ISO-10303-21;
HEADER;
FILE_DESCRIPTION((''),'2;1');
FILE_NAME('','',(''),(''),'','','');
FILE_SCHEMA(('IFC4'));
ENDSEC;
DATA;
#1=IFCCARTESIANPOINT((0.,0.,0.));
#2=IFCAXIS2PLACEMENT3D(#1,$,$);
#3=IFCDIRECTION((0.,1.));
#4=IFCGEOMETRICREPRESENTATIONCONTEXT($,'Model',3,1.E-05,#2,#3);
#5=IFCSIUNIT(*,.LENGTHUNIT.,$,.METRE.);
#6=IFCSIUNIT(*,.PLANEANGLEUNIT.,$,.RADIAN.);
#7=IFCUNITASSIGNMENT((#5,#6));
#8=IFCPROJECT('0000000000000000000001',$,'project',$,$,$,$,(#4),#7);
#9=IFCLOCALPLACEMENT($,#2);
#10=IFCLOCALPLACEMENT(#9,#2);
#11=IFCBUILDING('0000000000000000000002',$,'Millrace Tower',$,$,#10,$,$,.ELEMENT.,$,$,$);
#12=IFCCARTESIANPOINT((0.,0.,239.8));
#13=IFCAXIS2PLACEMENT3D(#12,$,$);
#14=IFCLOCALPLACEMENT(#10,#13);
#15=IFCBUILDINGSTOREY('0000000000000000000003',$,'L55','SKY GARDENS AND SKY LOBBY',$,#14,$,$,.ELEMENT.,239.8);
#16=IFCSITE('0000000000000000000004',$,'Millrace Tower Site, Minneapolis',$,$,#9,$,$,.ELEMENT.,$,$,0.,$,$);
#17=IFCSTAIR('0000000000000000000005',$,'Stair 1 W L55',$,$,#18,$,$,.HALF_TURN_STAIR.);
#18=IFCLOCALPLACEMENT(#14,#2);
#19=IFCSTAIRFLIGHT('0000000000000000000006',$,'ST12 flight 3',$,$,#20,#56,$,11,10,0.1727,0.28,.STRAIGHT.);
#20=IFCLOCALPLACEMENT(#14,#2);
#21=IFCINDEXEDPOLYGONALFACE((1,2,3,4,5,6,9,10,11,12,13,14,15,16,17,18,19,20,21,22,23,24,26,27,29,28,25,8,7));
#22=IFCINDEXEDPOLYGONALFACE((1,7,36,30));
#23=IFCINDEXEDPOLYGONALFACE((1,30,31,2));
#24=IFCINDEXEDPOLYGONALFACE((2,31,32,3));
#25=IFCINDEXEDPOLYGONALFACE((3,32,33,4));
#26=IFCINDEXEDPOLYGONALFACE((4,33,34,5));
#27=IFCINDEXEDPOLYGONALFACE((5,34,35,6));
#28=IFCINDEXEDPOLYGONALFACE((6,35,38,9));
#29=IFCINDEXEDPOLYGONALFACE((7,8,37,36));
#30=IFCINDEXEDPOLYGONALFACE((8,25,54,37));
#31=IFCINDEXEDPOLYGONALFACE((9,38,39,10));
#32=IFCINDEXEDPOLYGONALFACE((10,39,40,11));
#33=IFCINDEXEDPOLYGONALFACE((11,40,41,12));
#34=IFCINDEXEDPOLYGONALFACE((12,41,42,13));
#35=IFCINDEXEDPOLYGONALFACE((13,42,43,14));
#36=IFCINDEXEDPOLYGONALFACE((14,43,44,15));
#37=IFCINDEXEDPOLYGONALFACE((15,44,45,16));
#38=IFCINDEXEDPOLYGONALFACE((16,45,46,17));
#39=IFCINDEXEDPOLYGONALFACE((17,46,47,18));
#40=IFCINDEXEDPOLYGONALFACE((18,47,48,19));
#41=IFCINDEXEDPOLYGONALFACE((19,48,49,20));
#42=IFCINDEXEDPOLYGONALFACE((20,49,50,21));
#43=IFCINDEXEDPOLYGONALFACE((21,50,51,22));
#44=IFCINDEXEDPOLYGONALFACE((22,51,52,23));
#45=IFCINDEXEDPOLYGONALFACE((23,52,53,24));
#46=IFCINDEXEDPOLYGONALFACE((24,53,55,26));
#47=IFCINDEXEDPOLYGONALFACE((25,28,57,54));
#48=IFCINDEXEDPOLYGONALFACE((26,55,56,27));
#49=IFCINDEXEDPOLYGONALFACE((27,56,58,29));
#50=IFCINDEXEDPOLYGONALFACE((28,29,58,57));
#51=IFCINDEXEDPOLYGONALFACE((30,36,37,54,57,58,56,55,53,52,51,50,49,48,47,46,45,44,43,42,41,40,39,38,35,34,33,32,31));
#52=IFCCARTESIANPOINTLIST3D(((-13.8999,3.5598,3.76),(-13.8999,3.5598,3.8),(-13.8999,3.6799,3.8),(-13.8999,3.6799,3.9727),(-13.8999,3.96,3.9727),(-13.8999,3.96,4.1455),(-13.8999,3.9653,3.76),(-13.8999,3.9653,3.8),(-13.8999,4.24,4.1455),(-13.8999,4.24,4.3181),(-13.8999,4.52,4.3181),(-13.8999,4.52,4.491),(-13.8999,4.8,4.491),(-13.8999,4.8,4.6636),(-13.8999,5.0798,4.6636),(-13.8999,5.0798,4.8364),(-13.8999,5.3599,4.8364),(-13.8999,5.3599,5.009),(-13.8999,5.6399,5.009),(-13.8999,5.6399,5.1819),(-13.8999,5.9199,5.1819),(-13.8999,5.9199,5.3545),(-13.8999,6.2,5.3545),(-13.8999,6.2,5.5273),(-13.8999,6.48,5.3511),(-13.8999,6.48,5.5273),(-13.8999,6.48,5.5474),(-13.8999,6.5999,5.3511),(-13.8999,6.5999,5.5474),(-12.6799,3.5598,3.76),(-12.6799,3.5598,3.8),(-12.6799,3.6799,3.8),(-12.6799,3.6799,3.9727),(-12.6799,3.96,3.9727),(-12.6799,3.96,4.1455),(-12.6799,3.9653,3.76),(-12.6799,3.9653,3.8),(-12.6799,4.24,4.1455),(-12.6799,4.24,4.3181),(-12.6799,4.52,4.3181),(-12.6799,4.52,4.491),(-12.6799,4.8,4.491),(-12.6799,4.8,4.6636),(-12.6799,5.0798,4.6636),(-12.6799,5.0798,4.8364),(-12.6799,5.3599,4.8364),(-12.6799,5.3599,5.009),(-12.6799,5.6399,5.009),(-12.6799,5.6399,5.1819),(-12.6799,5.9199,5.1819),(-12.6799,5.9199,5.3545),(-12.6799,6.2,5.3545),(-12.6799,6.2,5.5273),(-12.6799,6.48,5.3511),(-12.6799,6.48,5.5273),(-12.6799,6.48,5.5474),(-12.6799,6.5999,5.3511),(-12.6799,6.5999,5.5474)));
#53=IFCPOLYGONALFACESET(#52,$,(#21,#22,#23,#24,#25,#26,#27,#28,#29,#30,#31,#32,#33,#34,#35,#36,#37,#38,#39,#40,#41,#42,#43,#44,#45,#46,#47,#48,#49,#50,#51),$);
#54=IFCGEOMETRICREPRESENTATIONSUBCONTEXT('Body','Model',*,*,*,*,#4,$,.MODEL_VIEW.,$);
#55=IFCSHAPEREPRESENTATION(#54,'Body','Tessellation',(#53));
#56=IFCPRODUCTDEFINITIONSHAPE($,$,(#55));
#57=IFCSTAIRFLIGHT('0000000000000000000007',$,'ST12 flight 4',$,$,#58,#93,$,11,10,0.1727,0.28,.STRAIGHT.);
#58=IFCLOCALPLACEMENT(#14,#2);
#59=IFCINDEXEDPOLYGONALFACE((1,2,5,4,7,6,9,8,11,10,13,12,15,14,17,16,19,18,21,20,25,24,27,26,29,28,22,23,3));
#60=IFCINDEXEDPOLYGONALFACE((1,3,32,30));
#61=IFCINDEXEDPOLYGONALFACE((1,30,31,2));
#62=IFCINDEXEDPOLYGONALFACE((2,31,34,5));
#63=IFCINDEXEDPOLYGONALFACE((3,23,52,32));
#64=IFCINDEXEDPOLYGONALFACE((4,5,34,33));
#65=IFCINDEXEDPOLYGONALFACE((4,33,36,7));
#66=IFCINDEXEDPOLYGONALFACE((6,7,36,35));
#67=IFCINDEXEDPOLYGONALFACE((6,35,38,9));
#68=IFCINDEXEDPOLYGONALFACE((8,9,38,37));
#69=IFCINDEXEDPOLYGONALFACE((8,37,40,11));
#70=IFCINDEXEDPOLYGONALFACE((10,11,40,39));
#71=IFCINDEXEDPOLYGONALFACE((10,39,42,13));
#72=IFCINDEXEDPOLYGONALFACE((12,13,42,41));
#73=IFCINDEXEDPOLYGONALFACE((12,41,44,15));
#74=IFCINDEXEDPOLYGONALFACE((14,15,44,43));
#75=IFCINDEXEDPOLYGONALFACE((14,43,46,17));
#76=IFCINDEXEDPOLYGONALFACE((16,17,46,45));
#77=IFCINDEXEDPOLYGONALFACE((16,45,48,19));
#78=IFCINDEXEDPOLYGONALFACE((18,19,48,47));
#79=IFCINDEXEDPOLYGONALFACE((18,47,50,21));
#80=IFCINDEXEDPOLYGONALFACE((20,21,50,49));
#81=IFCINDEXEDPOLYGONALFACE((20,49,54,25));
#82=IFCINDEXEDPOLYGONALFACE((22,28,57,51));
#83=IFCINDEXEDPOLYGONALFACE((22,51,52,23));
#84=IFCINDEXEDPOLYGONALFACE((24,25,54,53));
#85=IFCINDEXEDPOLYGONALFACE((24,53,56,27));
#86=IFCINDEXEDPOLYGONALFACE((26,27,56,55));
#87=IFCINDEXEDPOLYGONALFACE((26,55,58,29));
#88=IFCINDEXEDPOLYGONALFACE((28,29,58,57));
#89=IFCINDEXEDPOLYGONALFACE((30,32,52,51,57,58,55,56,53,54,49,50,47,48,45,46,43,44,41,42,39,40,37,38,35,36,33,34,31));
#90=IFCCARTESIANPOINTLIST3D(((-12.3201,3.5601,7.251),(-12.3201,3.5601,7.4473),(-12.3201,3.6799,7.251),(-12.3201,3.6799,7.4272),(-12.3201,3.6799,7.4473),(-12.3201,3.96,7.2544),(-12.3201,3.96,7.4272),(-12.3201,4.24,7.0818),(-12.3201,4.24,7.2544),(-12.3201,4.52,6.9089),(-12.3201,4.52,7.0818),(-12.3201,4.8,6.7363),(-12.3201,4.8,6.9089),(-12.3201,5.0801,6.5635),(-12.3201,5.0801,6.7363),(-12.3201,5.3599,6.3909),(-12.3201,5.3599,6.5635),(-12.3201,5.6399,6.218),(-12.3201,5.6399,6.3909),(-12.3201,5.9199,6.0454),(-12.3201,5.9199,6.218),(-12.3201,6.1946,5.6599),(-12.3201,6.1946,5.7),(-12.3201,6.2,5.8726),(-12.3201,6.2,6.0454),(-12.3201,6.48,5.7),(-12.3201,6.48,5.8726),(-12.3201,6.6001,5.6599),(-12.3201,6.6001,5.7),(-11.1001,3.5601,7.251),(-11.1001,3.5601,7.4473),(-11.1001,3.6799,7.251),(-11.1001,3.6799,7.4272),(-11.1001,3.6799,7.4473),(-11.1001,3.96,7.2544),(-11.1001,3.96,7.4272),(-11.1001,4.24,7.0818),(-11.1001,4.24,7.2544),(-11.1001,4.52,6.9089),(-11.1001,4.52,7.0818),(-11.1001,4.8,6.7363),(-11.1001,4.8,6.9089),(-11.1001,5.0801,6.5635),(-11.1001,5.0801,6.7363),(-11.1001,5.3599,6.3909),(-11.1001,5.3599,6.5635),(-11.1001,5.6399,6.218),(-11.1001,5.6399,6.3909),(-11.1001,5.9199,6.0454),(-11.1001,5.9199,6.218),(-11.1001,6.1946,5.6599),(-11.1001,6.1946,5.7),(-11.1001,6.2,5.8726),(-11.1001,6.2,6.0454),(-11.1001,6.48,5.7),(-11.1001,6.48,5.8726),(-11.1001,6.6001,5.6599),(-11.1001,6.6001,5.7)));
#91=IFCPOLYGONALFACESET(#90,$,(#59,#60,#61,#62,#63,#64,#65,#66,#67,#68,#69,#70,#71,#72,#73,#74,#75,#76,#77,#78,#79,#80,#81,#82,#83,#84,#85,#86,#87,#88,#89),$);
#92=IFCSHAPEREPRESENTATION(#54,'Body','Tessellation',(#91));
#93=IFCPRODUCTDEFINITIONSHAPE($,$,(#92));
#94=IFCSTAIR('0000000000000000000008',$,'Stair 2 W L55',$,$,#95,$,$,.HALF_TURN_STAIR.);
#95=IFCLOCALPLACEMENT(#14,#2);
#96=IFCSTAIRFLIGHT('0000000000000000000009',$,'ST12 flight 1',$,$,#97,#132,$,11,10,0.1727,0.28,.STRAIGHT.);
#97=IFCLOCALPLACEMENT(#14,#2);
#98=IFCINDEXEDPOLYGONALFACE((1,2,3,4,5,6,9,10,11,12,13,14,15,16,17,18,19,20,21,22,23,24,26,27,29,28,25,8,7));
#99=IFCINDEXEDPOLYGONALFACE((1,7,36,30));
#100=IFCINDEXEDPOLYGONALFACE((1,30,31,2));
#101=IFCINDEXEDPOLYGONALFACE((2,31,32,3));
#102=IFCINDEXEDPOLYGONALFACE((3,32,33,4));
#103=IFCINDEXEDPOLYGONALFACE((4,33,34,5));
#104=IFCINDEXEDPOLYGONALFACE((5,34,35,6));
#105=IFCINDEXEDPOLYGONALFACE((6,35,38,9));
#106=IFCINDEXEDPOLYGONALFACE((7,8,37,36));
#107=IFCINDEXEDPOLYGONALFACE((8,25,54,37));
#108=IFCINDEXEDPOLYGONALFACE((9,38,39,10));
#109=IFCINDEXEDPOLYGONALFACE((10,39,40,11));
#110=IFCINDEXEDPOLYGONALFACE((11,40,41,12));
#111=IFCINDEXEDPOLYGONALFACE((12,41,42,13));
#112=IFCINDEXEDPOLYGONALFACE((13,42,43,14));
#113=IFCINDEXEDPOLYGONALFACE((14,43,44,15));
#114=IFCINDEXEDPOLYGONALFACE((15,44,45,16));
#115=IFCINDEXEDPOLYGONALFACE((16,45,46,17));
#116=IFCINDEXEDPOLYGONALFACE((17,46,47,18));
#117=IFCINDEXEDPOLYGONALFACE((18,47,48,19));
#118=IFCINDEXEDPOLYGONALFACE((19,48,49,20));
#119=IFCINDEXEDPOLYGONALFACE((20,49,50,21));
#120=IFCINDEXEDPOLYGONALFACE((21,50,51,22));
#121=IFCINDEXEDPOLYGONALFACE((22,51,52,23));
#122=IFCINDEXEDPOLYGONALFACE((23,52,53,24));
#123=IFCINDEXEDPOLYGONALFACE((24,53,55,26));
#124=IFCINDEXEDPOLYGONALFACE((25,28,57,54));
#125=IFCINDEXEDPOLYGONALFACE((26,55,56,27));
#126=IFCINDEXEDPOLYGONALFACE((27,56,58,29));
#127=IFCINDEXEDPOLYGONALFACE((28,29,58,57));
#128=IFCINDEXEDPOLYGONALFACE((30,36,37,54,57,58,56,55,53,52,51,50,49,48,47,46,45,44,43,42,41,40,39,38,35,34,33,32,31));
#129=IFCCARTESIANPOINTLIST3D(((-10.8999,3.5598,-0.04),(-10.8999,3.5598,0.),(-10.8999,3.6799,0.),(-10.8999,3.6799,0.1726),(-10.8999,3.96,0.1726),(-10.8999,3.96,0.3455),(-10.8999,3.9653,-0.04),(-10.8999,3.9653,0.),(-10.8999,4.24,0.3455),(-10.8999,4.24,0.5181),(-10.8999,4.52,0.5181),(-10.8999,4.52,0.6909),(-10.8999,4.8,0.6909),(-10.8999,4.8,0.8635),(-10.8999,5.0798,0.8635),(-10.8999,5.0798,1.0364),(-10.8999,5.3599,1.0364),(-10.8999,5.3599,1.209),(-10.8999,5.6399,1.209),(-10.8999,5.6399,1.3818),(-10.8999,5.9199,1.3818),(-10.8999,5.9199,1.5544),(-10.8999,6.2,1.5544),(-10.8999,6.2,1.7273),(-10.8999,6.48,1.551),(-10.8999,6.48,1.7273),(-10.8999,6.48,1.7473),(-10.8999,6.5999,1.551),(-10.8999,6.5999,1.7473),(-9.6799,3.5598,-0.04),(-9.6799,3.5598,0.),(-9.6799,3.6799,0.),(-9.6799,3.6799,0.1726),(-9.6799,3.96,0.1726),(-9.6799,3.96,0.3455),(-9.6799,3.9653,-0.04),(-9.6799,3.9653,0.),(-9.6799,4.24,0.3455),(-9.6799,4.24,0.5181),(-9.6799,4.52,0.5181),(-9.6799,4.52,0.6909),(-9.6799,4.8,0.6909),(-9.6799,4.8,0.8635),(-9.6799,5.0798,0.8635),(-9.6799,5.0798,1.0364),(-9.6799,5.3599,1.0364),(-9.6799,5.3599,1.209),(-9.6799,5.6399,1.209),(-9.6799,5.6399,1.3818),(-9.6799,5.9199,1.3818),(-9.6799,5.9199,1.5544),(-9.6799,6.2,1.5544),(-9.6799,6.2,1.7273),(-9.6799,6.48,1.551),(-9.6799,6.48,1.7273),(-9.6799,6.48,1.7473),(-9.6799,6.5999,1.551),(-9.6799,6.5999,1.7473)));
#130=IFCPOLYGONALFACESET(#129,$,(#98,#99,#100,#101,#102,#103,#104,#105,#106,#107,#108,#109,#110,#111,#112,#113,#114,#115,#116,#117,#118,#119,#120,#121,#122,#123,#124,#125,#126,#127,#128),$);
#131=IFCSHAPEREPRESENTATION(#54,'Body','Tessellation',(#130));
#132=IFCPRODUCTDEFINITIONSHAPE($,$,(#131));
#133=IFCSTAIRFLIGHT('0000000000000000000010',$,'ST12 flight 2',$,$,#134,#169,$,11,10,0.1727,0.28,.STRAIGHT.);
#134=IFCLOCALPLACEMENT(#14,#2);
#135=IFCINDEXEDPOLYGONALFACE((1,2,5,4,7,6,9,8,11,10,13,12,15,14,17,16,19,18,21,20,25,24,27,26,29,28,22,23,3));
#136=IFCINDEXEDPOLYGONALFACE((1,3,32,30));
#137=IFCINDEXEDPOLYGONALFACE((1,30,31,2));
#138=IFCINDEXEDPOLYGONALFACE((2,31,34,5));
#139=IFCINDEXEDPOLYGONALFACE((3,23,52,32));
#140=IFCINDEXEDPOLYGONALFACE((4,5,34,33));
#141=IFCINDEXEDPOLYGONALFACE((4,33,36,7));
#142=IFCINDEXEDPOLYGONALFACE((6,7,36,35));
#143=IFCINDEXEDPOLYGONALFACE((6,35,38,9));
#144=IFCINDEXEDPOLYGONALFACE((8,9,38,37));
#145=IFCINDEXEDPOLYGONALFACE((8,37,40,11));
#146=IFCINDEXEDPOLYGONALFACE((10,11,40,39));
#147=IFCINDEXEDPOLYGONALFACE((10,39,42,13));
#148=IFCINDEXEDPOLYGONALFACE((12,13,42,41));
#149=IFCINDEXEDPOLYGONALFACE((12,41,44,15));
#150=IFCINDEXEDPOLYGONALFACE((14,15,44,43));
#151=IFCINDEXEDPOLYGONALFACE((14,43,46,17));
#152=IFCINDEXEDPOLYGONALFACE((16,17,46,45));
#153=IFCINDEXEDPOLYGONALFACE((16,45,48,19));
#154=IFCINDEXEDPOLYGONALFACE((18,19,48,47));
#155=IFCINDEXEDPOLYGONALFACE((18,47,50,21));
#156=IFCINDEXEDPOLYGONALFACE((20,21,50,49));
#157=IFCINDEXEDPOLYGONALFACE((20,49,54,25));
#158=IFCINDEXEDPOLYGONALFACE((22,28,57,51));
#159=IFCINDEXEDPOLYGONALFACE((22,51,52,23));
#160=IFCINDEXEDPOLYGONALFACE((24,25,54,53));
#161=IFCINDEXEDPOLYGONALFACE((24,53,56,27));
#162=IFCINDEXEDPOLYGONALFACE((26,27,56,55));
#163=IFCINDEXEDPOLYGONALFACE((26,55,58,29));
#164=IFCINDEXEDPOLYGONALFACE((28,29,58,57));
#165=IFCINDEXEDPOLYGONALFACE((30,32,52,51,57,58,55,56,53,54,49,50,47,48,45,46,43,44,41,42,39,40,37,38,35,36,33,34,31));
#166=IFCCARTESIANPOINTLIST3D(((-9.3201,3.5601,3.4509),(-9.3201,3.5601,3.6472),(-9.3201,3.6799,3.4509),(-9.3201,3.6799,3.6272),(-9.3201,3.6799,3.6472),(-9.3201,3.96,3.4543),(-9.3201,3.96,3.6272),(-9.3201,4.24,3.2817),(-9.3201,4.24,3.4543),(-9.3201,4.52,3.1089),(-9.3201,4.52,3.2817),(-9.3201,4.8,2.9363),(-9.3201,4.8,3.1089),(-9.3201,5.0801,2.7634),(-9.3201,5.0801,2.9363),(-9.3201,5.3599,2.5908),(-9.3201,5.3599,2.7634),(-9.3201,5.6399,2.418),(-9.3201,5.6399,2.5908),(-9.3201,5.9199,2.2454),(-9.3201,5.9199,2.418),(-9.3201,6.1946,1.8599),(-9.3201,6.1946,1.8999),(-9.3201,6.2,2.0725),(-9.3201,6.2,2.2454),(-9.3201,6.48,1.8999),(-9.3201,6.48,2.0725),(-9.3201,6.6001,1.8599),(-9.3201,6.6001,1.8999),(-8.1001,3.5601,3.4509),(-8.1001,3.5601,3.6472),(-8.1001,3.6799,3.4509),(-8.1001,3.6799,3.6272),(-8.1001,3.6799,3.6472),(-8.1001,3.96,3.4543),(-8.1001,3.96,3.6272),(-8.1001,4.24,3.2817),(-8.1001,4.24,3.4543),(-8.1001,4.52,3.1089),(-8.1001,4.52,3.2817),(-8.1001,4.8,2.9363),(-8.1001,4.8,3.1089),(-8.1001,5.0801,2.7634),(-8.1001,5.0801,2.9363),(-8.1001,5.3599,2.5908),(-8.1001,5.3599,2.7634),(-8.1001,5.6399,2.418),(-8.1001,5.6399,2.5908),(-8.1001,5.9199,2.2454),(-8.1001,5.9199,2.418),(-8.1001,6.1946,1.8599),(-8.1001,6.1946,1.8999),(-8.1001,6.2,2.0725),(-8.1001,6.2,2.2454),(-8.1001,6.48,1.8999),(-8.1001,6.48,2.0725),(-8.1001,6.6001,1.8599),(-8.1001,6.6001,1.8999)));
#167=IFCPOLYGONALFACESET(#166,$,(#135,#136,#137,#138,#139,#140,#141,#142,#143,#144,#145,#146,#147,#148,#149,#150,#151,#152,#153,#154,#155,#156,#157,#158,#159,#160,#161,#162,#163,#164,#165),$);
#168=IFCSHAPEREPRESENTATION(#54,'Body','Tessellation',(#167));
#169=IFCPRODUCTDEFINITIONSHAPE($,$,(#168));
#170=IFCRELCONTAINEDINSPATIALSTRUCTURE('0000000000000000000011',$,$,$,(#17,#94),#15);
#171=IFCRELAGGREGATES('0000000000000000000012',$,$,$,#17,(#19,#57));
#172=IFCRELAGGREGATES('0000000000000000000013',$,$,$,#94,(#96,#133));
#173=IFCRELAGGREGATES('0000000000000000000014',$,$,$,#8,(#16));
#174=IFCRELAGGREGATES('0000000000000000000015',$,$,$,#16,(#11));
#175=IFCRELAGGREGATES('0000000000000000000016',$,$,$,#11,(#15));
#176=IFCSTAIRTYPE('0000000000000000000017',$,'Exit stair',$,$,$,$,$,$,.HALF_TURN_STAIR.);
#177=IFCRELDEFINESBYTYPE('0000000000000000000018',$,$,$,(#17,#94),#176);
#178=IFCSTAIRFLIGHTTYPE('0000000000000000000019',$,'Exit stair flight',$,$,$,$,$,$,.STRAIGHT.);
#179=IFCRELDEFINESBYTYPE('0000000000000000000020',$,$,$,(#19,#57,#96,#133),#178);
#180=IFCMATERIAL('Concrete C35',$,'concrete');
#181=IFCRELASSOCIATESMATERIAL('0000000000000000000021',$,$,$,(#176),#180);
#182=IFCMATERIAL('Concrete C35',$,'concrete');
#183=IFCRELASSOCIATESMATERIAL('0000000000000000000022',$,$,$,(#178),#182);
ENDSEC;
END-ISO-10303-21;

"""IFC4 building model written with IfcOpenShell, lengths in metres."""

from ifc_helpers import new_model, si_unit, direction, frame, origin, place, context, subcontext, project, spatial, polyline, outline, extrude, material, type_object, element, aggregate, save


model = new_model("IFC4")

# Units and contexts
model_context = context("Model", 3, precision=1e-05, world=origin(), true_north=direction((0.0, 1.0)))
body_context = subcontext(model_context, "Body", "Model", "MODEL_VIEW")
ifc_project = project(units=[si_unit("LENGTHUNIT", "METRE"), si_unit("PLANEANGLEUNIT", "RADIAN")], contexts=[model_context])

# Site, building, storey
site_placement = place(None, origin())
site = spatial("IfcSite", under=ifc_project, at=site_placement, Name="Millrace Tower Site, Minneapolis", CompositionType="ELEMENT", RefElevation=0.0)
building_placement = place(site_placement, origin())
building = spatial("IfcBuilding", under=site, at=building_placement, Name="Millrace Tower", CompositionType="ELEMENT")
storey_placement = place(building_placement, frame((0.0, 0.0, 239.8)))
storey = spatial("IfcBuildingStorey", under=building, at=storey_placement, Name="L55", Description="SKY GARDENS AND SKY LOBBY", CompositionType="ELEMENT", Elevation=239.8)

# Shared definitions
placement = place(storey_placement, origin())

# Stairs, stair flights
ifc_material_1 = material(Name="Concrete C35", Category="concrete")
stair_type = type_object("IfcStairType", Name="Exit stair", PredefinedType="HALF_TURN_STAIR", material=ifc_material_1)
stair_1 = element("IfcStair", 1, at=placement, inside=storey, type_object=stair_type, Name="Stair 1 W L55", PredefinedType="HALF_TURN_STAIR")
ifc_material_2 = material(Name="Concrete C35", Category="concrete")
stair_flight_type = type_object("IfcStairFlightType", Name="Exit stair flight", PredefinedType="STRAIGHT", material=ifc_material_2)
stair_flight_1_placement = place(storey_placement, frame((-13.29, 3.6799, 3.8), z_axis=(0.0, 0.0, 1.0), x_axis=(0.0, 1.0, 0.0)))
stair_flight_1 = element("IfcStairFlight", 2, at=stair_flight_1_placement, type_object=stair_flight_type, Name="ST12 flight 3", NumberOfRisers=11, NumberOfTreads=10, PredefinedType="STRAIGHT", RiserHeight=0.1727, TreadLength=0.28, context=body_context, shape_type="SweptSolid", body=[
    extrude(outline(polyline([(-0.1201, -0.04), (-0.1201, 0.0), (0.0, 0.0), (0.0, 0.1726), (0.28, 0.1726), (0.28, 0.3455), (0.5601, 0.3455), (0.5601, 0.5181), (0.8401, 0.5181), (0.8401, 0.6909), (1.1201, 0.6909), (1.1201, 0.8635), (1.3999, 0.8635), (1.3999, 1.0364), (1.6799, 1.0364), (1.6799, 1.209), (1.96, 1.209), (1.96, 1.3818), (2.24, 1.3818), (2.24, 1.5544), (2.52, 1.5544), (2.52, 1.7273), (2.8, 1.7273), (2.8, 1.7473), (2.9199, 1.7473), (2.9199, 1.551), (2.8, 1.551), (0.2854, 0.0), (0.2854, -0.04), (-0.1201, -0.04)])), frame((0.0, 0.6099, 0.0), z_axis=(0.0, -1.0, 0.0), x_axis=(1.0, 0.0, 0.0)), (0.0, 0.0, 1.0), 1.22),
])
stair_flight_2_placement = place(storey_placement, frame((-11.71, 6.48, 5.7), z_axis=(0.0, 0.0, 1.0), x_axis=(0.0, -1.0, 0.0)))
stair_flight_2 = element("IfcStairFlight", 3, at=stair_flight_2_placement, type_object=stair_flight_type, Name="ST12 flight 4", NumberOfRisers=11, NumberOfTreads=10, PredefinedType="STRAIGHT", RiserHeight=0.1727, TreadLength=0.28, context=body_context, shape_type="SweptSolid", body=[
    extrude(outline(polyline([(-0.1201, -0.04), (-0.1201, 0.0), (0.0, 0.0), (0.0, 0.1726), (0.28, 0.1726), (0.28, 0.3455), (0.5601, 0.3455), (0.5601, 0.5181), (0.8401, 0.5181), (0.8401, 0.6909), (1.1201, 0.6909), (1.1201, 0.8635), (1.3999, 0.8635), (1.3999, 1.0364), (1.6799, 1.0364), (1.6799, 1.209), (1.96, 1.209), (1.96, 1.3818), (2.24, 1.3818), (2.24, 1.5544), (2.52, 1.5544), (2.52, 1.7273), (2.8, 1.7273), (2.8, 1.7473), (2.9199, 1.7473), (2.9199, 1.551), (2.8, 1.551), (0.2854, 0.0), (0.2854, -0.04), (-0.1201, -0.04)])), frame((0.0, 0.6099, 0.0), z_axis=(0.0, -1.0, 0.0), x_axis=(1.0, 0.0, 0.0)), (0.0, 0.0, 1.0), 1.22),
])
aggregate(stair_1, [stair_flight_1, stair_flight_2])
stair_2 = element("IfcStair", 4, at=placement, inside=storey, type_object=stair_type, Name="Stair 2 W L55", PredefinedType="HALF_TURN_STAIR")
stair_flight_3_placement = place(storey_placement, frame((-10.29, 3.6799, 0.0), z_axis=(0.0, 0.0, 1.0), x_axis=(0.0, 1.0, 0.0)))
stair_flight_3 = element("IfcStairFlight", 5, at=stair_flight_3_placement, type_object=stair_flight_type, Name="ST12 flight 1", NumberOfRisers=11, NumberOfTreads=10, PredefinedType="STRAIGHT", RiserHeight=0.1727, TreadLength=0.28, context=body_context, shape_type="SweptSolid", body=[
    extrude(outline(polyline([(-0.1201, -0.04), (-0.1201, 0.0), (0.0, 0.0), (0.0, 0.1726), (0.28, 0.1726), (0.28, 0.3455), (0.5601, 0.3455), (0.5601, 0.5181), (0.8401, 0.5181), (0.8401, 0.6909), (1.1201, 0.6909), (1.1201, 0.8635), (1.3999, 0.8635), (1.3999, 1.0364), (1.6799, 1.0364), (1.6799, 1.209), (1.96, 1.209), (1.96, 1.3818), (2.24, 1.3818), (2.24, 1.5544), (2.52, 1.5544), (2.52, 1.7273), (2.8, 1.7273), (2.8, 1.7473), (2.9199, 1.7473), (2.9199, 1.551), (2.8, 1.551), (0.2854, 0.0), (0.2854, -0.04), (-0.1201, -0.04)])), frame((0.0, 0.6099, 0.0), z_axis=(0.0, -1.0, 0.0), x_axis=(1.0, 0.0, 0.0)), (0.0, 0.0, 1.0), 1.22),
])
stair_flight_4_placement = place(storey_placement, frame((-8.71, 6.48, 1.8999), z_axis=(0.0, 0.0, 1.0), x_axis=(0.0, -1.0, 0.0)))
stair_flight_4 = element("IfcStairFlight", 6, at=stair_flight_4_placement, type_object=stair_flight_type, Name="ST12 flight 2", NumberOfRisers=11, NumberOfTreads=10, PredefinedType="STRAIGHT", RiserHeight=0.1727, TreadLength=0.28, context=body_context, shape_type="SweptSolid", body=[
    extrude(outline(polyline([(-0.1201, -0.04), (-0.1201, 0.0), (0.0, 0.0), (0.0, 0.1726), (0.28, 0.1726), (0.28, 0.3455), (0.5601, 0.3455), (0.5601, 0.5181), (0.8401, 0.5181), (0.8401, 0.6909), (1.1201, 0.6909), (1.1201, 0.8635), (1.3999, 0.8635), (1.3999, 1.0364), (1.6799, 1.0364), (1.6799, 1.209), (1.96, 1.209), (1.96, 1.3818), (2.24, 1.3818), (2.24, 1.5544), (2.52, 1.5544), (2.52, 1.7273), (2.8, 1.7273), (2.8, 1.7473), (2.9199, 1.7473), (2.9199, 1.551), (2.8, 1.551), (0.2854, 0.0), (0.2854, -0.04), (-0.1201, -0.04)])), frame((0.0, 0.6099, 0.0), z_axis=(0.0, -1.0, 0.0), x_axis=(1.0, 0.0, 0.0)), (0.0, 0.0, 1.0), 1.22),
])
aggregate(stair_2, [stair_flight_3, stair_flight_4])

save(model, "model.ifc")
